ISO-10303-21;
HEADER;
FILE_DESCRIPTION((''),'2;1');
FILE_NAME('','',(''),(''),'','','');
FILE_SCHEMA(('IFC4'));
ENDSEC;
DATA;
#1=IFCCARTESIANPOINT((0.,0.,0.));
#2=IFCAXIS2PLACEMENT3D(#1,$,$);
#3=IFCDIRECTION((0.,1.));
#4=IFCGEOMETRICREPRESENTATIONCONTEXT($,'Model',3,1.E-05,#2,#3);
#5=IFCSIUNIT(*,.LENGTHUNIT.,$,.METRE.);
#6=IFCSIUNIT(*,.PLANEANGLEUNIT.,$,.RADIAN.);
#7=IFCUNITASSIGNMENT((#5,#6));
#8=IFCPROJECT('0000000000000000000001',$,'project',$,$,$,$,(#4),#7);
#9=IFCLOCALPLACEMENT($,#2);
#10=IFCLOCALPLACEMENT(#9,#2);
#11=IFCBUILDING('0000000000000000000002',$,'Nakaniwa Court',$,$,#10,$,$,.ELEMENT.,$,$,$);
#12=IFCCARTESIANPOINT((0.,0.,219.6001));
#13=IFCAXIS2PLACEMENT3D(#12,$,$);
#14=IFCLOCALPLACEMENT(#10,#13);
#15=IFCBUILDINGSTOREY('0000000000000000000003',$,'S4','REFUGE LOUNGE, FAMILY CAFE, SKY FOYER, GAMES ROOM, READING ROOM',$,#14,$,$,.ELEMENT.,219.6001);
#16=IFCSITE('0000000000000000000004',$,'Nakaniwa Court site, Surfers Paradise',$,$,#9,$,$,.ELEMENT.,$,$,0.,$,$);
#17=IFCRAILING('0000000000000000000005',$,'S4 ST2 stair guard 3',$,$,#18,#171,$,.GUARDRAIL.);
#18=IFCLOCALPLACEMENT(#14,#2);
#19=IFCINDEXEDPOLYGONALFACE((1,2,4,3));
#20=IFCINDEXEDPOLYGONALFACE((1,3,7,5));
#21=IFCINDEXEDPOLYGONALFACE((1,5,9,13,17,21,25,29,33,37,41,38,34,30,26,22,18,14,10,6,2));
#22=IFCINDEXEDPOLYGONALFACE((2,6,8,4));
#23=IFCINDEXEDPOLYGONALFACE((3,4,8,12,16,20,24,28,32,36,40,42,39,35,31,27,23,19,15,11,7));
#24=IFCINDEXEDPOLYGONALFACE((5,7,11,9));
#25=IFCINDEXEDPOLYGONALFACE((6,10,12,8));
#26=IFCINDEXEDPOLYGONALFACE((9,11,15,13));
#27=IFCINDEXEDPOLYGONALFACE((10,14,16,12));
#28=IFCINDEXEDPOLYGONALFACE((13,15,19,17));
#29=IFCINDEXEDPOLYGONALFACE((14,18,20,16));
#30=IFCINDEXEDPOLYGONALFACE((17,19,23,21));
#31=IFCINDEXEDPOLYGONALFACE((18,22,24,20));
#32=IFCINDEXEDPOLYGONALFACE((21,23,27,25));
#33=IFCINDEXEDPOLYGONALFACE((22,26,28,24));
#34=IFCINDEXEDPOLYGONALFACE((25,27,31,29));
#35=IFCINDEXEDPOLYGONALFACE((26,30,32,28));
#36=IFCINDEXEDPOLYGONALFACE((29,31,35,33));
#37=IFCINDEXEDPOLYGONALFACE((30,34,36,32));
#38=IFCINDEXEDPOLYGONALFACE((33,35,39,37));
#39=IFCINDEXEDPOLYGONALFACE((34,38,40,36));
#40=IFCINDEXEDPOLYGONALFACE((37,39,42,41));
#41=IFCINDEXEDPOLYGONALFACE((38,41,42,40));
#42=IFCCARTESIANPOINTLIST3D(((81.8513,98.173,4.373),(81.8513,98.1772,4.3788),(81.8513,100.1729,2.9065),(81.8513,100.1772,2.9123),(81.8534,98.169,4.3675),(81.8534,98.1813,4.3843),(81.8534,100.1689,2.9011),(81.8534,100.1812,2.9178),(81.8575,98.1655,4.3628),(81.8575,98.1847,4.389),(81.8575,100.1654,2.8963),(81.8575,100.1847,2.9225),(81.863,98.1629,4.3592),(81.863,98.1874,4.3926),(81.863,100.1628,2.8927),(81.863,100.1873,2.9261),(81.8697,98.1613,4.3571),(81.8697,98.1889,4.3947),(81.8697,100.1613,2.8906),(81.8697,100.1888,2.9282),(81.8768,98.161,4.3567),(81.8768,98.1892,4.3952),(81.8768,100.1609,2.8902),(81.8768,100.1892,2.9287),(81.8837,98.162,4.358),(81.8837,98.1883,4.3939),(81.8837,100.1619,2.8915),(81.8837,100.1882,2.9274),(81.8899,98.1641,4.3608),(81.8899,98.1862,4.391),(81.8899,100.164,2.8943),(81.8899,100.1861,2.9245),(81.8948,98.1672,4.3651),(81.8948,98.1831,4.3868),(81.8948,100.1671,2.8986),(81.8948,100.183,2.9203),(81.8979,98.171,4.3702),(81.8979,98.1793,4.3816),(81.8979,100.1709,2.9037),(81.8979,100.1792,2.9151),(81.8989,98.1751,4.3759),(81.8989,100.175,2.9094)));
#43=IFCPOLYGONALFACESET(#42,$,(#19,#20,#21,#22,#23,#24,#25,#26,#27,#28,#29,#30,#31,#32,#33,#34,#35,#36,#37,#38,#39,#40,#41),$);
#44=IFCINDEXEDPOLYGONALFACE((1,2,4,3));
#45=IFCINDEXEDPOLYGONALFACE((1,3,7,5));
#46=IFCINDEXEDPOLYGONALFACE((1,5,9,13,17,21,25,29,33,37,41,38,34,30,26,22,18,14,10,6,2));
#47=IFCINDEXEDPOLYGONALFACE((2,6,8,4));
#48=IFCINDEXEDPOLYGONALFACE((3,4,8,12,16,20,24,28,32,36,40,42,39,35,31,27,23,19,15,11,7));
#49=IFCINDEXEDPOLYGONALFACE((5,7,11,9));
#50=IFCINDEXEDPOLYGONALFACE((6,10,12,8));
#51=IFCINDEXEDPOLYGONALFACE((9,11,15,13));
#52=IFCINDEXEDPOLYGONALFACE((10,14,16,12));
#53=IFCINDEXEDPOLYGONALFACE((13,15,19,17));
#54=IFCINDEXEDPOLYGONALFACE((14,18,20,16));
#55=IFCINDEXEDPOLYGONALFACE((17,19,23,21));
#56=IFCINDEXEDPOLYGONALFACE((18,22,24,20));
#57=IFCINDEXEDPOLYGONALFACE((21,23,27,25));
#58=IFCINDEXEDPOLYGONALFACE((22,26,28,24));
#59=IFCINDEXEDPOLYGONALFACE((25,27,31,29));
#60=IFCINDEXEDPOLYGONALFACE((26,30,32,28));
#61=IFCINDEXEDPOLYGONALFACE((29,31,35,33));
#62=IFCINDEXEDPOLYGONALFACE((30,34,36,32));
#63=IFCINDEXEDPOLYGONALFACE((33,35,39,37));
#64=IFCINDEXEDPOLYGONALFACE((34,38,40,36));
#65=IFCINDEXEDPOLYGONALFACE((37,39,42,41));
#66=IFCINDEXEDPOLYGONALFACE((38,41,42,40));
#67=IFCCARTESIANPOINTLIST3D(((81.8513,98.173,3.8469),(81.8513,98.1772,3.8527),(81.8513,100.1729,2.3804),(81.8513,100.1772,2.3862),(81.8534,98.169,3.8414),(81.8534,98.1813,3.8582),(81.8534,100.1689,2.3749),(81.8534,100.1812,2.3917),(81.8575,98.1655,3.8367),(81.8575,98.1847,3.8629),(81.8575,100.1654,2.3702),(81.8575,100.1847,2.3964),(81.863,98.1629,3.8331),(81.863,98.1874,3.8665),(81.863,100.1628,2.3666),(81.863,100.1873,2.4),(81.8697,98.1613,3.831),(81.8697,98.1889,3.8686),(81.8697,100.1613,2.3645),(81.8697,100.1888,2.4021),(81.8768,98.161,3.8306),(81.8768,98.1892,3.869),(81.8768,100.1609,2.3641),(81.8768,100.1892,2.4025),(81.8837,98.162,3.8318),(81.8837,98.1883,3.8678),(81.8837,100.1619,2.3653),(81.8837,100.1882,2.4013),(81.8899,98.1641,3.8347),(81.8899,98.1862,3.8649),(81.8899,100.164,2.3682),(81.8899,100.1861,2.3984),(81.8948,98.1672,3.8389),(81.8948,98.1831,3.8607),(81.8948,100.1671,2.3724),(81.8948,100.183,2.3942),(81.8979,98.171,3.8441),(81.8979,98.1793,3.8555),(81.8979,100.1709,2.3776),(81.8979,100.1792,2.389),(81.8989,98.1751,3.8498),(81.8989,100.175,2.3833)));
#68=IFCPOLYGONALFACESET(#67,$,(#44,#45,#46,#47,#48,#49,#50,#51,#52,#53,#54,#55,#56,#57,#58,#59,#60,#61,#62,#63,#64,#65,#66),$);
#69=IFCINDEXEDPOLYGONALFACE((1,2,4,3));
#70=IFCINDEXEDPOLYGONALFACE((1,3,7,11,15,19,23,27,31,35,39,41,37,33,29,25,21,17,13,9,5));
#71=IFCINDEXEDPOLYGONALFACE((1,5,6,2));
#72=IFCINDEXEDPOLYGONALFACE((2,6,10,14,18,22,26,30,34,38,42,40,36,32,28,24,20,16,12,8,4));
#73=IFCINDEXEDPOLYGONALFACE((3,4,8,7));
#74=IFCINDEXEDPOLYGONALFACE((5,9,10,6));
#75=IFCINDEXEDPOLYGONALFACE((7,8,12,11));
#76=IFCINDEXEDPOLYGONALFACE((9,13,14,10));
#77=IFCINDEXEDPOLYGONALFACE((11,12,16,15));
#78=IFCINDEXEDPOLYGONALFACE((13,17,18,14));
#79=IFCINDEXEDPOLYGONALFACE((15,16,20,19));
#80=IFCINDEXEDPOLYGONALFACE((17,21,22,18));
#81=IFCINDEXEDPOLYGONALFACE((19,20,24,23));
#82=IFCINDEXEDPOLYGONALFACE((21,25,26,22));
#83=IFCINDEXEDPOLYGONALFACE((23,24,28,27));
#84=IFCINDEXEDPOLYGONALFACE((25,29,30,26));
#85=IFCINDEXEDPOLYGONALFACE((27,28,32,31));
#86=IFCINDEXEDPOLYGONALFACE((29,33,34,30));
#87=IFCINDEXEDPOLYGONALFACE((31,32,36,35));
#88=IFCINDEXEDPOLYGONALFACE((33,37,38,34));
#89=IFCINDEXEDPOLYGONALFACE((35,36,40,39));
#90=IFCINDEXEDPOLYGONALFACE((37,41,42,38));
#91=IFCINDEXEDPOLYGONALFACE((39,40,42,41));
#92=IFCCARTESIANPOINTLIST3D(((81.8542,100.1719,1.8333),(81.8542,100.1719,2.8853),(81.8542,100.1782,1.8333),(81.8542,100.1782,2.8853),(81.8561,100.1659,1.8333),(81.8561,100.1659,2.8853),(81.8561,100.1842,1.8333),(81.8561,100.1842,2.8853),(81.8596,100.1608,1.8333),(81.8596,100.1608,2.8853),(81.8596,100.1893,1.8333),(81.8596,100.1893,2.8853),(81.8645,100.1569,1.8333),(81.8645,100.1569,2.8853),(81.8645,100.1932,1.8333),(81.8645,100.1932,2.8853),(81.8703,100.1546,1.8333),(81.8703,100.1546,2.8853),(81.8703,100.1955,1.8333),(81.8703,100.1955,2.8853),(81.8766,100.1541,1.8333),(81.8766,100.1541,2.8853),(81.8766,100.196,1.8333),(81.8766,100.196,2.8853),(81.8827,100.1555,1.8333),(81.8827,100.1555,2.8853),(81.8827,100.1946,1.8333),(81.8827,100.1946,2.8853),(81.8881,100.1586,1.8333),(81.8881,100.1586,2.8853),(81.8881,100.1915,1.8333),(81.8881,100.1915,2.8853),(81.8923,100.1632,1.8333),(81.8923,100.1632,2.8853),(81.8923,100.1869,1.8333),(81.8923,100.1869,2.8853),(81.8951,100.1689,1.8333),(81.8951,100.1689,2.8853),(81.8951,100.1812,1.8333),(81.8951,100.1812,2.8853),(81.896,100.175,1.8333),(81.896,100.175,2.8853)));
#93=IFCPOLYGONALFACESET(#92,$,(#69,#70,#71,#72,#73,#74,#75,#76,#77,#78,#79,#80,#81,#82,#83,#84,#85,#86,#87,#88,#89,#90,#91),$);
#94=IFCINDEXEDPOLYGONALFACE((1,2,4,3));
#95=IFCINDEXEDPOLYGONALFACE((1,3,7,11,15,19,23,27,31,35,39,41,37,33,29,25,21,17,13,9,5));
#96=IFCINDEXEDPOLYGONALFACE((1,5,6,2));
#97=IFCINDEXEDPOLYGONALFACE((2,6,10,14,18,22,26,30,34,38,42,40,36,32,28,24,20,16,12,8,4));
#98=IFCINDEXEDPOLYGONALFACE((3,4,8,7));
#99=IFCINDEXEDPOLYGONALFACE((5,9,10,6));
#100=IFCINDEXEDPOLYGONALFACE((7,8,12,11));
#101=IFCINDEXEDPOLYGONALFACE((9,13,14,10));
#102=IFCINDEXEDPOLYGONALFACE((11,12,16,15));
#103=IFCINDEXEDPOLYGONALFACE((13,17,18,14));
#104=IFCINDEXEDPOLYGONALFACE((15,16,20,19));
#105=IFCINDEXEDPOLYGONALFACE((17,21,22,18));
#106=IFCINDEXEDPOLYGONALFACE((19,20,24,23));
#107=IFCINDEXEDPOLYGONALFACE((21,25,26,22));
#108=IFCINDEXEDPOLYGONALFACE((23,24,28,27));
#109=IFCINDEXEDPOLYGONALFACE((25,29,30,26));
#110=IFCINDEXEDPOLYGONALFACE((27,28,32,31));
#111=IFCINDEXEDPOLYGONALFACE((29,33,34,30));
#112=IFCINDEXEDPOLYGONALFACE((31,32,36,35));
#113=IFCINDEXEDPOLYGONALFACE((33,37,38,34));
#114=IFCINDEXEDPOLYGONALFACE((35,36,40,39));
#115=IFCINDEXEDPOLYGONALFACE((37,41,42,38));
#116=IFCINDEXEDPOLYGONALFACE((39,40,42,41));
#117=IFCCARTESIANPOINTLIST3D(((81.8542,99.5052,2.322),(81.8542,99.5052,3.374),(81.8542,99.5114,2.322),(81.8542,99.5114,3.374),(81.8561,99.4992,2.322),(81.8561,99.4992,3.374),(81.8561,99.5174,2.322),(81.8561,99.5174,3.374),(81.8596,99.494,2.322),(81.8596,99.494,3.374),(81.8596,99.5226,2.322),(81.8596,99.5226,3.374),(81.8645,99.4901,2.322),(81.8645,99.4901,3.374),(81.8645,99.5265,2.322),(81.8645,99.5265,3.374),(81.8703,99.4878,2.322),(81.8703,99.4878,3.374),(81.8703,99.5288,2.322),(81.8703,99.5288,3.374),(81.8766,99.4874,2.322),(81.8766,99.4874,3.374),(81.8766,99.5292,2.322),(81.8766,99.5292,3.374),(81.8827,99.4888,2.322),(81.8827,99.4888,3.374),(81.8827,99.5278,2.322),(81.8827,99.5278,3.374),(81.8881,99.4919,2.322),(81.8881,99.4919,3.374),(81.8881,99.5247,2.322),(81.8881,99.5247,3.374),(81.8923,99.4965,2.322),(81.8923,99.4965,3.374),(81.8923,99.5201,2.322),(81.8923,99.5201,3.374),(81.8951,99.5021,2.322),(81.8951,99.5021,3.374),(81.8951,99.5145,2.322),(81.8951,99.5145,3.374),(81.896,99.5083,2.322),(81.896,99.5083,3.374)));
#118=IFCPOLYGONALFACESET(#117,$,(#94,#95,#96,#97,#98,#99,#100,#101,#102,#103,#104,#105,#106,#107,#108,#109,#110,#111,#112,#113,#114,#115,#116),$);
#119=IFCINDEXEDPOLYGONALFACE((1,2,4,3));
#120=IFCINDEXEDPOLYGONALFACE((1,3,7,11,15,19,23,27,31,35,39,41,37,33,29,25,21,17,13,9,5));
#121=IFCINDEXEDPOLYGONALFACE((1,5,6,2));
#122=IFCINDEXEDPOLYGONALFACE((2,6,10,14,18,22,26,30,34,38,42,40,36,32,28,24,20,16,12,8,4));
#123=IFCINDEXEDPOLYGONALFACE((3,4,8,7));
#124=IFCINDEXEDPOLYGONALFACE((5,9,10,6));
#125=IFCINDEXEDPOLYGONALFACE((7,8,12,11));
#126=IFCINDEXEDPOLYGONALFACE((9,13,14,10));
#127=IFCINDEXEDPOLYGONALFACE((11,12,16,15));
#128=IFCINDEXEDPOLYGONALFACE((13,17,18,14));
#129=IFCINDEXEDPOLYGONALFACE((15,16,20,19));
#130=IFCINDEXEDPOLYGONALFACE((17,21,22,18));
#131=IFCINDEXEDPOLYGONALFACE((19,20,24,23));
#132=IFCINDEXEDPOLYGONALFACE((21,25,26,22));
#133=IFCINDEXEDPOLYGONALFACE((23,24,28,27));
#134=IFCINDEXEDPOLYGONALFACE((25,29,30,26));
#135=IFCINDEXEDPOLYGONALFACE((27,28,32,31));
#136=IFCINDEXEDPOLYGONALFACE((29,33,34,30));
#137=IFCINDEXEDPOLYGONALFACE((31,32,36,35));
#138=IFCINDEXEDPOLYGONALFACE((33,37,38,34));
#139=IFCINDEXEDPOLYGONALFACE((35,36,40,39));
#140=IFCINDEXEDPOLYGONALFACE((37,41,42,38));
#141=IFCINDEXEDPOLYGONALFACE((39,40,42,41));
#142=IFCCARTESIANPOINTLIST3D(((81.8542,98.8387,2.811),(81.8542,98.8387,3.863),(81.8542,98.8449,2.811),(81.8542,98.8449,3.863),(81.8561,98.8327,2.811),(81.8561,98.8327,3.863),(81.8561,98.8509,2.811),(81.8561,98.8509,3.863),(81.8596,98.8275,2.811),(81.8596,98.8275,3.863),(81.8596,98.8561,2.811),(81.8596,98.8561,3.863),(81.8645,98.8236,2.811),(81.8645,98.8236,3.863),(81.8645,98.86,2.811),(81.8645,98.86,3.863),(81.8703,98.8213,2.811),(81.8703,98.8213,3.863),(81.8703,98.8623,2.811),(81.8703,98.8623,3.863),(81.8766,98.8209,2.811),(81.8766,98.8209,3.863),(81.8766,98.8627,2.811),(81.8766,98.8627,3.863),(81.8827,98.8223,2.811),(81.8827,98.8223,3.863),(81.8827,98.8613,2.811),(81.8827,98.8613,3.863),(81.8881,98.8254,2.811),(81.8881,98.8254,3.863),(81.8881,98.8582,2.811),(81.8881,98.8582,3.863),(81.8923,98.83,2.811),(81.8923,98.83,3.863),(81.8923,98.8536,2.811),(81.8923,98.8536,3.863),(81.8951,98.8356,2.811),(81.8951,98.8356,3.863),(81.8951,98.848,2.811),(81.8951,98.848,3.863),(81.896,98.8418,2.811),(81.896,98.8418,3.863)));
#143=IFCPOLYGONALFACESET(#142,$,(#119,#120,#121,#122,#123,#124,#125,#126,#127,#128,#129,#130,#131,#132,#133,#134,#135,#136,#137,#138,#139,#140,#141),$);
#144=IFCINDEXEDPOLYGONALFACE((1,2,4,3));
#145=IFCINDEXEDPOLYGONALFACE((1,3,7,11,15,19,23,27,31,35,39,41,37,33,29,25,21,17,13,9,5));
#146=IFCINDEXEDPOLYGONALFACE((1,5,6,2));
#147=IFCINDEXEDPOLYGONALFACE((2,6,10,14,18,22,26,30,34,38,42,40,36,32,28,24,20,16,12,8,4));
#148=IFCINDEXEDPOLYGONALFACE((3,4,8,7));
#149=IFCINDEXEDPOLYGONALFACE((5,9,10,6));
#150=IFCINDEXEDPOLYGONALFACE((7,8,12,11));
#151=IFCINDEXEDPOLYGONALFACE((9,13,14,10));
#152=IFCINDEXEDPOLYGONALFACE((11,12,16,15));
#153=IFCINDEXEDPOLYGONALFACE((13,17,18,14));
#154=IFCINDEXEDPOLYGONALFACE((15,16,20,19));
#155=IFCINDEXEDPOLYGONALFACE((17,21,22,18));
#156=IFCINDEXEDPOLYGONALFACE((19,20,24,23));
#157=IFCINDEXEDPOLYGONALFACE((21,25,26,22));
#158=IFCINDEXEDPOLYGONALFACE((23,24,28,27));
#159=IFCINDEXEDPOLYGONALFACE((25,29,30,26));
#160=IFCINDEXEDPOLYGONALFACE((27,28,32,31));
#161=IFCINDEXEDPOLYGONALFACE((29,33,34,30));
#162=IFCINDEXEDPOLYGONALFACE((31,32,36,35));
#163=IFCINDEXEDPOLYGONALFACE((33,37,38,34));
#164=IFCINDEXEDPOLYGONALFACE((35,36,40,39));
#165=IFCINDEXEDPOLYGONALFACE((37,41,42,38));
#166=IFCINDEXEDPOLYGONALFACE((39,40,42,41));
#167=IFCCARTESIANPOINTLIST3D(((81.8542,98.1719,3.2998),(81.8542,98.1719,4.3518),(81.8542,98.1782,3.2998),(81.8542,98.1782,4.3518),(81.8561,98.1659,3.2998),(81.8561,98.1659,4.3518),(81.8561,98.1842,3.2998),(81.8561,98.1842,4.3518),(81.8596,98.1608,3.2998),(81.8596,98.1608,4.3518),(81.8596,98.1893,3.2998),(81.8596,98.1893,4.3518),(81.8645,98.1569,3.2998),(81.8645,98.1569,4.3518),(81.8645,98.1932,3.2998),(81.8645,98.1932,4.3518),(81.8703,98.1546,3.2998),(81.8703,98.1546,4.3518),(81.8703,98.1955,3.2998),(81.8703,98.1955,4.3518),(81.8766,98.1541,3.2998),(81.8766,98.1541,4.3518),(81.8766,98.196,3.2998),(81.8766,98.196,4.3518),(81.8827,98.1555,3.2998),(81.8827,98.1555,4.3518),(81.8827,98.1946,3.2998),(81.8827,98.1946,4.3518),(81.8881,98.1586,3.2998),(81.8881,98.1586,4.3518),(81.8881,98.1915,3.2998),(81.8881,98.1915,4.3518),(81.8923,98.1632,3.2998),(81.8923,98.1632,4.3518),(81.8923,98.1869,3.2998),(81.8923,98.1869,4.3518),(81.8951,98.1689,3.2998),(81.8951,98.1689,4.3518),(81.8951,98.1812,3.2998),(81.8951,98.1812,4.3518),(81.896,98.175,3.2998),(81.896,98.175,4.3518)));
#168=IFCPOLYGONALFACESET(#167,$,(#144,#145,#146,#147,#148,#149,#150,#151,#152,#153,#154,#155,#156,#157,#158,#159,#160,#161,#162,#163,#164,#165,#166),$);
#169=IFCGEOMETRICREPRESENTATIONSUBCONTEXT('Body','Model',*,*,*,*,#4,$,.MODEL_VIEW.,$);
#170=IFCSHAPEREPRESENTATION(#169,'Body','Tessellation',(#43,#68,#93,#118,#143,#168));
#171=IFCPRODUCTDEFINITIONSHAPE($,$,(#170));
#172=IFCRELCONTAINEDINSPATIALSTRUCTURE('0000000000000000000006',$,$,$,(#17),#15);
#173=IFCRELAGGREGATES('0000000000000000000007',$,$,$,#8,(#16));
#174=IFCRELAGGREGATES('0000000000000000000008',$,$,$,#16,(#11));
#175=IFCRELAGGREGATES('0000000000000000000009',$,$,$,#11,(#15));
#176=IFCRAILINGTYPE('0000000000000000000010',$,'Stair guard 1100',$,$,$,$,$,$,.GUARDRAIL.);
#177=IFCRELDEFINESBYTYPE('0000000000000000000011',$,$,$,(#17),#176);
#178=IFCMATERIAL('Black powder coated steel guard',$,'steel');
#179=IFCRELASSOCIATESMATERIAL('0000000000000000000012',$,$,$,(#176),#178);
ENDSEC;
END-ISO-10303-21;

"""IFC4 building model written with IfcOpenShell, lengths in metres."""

from ifc_helpers import new_model, si_unit, direction, frame, origin, origin_2d, place, context, subcontext, project, spatial, circle, extrude, material, type_object, element, save


model = new_model("IFC4")

# Units and contexts
model_context = context("Model", 3, precision=1e-05, world=origin(), true_north=direction((0.0, 1.0)))
body_context = subcontext(model_context, "Body", "Model", "MODEL_VIEW")
ifc_project = project(units=[si_unit("LENGTHUNIT", "METRE"), si_unit("PLANEANGLEUNIT", "RADIAN")], contexts=[model_context])

# Site, building, storey
site_placement = place(None, origin())
site = spatial("IfcSite", under=ifc_project, at=site_placement, Name="Nakaniwa Court site, Surfers Paradise", CompositionType="ELEMENT", RefElevation=0.0)
building_placement = place(site_placement, origin())
building = spatial("IfcBuilding", under=site, at=building_placement, Name="Nakaniwa Court", CompositionType="ELEMENT")
storey_placement = place(building_placement, frame((0.0, 0.0, 219.6001)))
storey = spatial("IfcBuildingStorey", under=building, at=storey_placement, Name="S4", Description="REFUGE LOUNGE, FAMILY CAFE, SKY FOYER, GAMES ROOM, READING ROOM", CompositionType="ELEMENT", Elevation=219.6001)

# Railing
ifc_material_1 = material(Name="Black powder coated steel guard", Category="steel")
railing_type_1 = type_object("IfcRailingType", Name="Stair guard 1100", PredefinedType="GUARDRAIL", material=ifc_material_1)
railing_1_placement = place(storey_placement, frame((81.875, 100.175, 1.8333)))
element("IfcRailing", 1, at=railing_1_placement, inside=storey, type_object=railing_type_1, Name="S4 ST2 stair guard 3", PredefinedType="GUARDRAIL", context=body_context, shape_type="SweptSolid", body=[
    extrude(circle(Radius=0.0239, at=origin_2d()), frame((0.0, 0.0, 1.0762), z_axis=(0.0, -0.806427, 0.591334), x_axis=(1.0, 0.0, 0.0)), (0.0, 0.0, 1.0), 2.48),
    extrude(circle(Radius=0.0239, at=origin_2d()), frame((0.0, 0.0, 0.55), z_axis=(0.0, -0.806427, 0.591334), x_axis=(1.0, 0.0, 0.0)), (0.0, 0.0, 1.0), 2.48),
    extrude(circle(Radius=0.021, at=origin_2d()), origin(), (0.0, 0.0, 1.0), 1.052),
    extrude(circle(Radius=0.021, at=origin_2d()), frame((0.0, -0.6667, 0.4888)), (0.0, 0.0, 1.0), 1.052),
    extrude(circle(Radius=0.021, at=origin_2d()), frame((0.0, -1.3333, 0.9778)), (0.0, 0.0, 1.0), 1.052),
    extrude(circle(Radius=0.021, at=origin_2d()), frame((0.0, -2.0, 1.4666)), (0.0, 0.0, 1.0), 1.052),
])

save(model, "model.ifc")
